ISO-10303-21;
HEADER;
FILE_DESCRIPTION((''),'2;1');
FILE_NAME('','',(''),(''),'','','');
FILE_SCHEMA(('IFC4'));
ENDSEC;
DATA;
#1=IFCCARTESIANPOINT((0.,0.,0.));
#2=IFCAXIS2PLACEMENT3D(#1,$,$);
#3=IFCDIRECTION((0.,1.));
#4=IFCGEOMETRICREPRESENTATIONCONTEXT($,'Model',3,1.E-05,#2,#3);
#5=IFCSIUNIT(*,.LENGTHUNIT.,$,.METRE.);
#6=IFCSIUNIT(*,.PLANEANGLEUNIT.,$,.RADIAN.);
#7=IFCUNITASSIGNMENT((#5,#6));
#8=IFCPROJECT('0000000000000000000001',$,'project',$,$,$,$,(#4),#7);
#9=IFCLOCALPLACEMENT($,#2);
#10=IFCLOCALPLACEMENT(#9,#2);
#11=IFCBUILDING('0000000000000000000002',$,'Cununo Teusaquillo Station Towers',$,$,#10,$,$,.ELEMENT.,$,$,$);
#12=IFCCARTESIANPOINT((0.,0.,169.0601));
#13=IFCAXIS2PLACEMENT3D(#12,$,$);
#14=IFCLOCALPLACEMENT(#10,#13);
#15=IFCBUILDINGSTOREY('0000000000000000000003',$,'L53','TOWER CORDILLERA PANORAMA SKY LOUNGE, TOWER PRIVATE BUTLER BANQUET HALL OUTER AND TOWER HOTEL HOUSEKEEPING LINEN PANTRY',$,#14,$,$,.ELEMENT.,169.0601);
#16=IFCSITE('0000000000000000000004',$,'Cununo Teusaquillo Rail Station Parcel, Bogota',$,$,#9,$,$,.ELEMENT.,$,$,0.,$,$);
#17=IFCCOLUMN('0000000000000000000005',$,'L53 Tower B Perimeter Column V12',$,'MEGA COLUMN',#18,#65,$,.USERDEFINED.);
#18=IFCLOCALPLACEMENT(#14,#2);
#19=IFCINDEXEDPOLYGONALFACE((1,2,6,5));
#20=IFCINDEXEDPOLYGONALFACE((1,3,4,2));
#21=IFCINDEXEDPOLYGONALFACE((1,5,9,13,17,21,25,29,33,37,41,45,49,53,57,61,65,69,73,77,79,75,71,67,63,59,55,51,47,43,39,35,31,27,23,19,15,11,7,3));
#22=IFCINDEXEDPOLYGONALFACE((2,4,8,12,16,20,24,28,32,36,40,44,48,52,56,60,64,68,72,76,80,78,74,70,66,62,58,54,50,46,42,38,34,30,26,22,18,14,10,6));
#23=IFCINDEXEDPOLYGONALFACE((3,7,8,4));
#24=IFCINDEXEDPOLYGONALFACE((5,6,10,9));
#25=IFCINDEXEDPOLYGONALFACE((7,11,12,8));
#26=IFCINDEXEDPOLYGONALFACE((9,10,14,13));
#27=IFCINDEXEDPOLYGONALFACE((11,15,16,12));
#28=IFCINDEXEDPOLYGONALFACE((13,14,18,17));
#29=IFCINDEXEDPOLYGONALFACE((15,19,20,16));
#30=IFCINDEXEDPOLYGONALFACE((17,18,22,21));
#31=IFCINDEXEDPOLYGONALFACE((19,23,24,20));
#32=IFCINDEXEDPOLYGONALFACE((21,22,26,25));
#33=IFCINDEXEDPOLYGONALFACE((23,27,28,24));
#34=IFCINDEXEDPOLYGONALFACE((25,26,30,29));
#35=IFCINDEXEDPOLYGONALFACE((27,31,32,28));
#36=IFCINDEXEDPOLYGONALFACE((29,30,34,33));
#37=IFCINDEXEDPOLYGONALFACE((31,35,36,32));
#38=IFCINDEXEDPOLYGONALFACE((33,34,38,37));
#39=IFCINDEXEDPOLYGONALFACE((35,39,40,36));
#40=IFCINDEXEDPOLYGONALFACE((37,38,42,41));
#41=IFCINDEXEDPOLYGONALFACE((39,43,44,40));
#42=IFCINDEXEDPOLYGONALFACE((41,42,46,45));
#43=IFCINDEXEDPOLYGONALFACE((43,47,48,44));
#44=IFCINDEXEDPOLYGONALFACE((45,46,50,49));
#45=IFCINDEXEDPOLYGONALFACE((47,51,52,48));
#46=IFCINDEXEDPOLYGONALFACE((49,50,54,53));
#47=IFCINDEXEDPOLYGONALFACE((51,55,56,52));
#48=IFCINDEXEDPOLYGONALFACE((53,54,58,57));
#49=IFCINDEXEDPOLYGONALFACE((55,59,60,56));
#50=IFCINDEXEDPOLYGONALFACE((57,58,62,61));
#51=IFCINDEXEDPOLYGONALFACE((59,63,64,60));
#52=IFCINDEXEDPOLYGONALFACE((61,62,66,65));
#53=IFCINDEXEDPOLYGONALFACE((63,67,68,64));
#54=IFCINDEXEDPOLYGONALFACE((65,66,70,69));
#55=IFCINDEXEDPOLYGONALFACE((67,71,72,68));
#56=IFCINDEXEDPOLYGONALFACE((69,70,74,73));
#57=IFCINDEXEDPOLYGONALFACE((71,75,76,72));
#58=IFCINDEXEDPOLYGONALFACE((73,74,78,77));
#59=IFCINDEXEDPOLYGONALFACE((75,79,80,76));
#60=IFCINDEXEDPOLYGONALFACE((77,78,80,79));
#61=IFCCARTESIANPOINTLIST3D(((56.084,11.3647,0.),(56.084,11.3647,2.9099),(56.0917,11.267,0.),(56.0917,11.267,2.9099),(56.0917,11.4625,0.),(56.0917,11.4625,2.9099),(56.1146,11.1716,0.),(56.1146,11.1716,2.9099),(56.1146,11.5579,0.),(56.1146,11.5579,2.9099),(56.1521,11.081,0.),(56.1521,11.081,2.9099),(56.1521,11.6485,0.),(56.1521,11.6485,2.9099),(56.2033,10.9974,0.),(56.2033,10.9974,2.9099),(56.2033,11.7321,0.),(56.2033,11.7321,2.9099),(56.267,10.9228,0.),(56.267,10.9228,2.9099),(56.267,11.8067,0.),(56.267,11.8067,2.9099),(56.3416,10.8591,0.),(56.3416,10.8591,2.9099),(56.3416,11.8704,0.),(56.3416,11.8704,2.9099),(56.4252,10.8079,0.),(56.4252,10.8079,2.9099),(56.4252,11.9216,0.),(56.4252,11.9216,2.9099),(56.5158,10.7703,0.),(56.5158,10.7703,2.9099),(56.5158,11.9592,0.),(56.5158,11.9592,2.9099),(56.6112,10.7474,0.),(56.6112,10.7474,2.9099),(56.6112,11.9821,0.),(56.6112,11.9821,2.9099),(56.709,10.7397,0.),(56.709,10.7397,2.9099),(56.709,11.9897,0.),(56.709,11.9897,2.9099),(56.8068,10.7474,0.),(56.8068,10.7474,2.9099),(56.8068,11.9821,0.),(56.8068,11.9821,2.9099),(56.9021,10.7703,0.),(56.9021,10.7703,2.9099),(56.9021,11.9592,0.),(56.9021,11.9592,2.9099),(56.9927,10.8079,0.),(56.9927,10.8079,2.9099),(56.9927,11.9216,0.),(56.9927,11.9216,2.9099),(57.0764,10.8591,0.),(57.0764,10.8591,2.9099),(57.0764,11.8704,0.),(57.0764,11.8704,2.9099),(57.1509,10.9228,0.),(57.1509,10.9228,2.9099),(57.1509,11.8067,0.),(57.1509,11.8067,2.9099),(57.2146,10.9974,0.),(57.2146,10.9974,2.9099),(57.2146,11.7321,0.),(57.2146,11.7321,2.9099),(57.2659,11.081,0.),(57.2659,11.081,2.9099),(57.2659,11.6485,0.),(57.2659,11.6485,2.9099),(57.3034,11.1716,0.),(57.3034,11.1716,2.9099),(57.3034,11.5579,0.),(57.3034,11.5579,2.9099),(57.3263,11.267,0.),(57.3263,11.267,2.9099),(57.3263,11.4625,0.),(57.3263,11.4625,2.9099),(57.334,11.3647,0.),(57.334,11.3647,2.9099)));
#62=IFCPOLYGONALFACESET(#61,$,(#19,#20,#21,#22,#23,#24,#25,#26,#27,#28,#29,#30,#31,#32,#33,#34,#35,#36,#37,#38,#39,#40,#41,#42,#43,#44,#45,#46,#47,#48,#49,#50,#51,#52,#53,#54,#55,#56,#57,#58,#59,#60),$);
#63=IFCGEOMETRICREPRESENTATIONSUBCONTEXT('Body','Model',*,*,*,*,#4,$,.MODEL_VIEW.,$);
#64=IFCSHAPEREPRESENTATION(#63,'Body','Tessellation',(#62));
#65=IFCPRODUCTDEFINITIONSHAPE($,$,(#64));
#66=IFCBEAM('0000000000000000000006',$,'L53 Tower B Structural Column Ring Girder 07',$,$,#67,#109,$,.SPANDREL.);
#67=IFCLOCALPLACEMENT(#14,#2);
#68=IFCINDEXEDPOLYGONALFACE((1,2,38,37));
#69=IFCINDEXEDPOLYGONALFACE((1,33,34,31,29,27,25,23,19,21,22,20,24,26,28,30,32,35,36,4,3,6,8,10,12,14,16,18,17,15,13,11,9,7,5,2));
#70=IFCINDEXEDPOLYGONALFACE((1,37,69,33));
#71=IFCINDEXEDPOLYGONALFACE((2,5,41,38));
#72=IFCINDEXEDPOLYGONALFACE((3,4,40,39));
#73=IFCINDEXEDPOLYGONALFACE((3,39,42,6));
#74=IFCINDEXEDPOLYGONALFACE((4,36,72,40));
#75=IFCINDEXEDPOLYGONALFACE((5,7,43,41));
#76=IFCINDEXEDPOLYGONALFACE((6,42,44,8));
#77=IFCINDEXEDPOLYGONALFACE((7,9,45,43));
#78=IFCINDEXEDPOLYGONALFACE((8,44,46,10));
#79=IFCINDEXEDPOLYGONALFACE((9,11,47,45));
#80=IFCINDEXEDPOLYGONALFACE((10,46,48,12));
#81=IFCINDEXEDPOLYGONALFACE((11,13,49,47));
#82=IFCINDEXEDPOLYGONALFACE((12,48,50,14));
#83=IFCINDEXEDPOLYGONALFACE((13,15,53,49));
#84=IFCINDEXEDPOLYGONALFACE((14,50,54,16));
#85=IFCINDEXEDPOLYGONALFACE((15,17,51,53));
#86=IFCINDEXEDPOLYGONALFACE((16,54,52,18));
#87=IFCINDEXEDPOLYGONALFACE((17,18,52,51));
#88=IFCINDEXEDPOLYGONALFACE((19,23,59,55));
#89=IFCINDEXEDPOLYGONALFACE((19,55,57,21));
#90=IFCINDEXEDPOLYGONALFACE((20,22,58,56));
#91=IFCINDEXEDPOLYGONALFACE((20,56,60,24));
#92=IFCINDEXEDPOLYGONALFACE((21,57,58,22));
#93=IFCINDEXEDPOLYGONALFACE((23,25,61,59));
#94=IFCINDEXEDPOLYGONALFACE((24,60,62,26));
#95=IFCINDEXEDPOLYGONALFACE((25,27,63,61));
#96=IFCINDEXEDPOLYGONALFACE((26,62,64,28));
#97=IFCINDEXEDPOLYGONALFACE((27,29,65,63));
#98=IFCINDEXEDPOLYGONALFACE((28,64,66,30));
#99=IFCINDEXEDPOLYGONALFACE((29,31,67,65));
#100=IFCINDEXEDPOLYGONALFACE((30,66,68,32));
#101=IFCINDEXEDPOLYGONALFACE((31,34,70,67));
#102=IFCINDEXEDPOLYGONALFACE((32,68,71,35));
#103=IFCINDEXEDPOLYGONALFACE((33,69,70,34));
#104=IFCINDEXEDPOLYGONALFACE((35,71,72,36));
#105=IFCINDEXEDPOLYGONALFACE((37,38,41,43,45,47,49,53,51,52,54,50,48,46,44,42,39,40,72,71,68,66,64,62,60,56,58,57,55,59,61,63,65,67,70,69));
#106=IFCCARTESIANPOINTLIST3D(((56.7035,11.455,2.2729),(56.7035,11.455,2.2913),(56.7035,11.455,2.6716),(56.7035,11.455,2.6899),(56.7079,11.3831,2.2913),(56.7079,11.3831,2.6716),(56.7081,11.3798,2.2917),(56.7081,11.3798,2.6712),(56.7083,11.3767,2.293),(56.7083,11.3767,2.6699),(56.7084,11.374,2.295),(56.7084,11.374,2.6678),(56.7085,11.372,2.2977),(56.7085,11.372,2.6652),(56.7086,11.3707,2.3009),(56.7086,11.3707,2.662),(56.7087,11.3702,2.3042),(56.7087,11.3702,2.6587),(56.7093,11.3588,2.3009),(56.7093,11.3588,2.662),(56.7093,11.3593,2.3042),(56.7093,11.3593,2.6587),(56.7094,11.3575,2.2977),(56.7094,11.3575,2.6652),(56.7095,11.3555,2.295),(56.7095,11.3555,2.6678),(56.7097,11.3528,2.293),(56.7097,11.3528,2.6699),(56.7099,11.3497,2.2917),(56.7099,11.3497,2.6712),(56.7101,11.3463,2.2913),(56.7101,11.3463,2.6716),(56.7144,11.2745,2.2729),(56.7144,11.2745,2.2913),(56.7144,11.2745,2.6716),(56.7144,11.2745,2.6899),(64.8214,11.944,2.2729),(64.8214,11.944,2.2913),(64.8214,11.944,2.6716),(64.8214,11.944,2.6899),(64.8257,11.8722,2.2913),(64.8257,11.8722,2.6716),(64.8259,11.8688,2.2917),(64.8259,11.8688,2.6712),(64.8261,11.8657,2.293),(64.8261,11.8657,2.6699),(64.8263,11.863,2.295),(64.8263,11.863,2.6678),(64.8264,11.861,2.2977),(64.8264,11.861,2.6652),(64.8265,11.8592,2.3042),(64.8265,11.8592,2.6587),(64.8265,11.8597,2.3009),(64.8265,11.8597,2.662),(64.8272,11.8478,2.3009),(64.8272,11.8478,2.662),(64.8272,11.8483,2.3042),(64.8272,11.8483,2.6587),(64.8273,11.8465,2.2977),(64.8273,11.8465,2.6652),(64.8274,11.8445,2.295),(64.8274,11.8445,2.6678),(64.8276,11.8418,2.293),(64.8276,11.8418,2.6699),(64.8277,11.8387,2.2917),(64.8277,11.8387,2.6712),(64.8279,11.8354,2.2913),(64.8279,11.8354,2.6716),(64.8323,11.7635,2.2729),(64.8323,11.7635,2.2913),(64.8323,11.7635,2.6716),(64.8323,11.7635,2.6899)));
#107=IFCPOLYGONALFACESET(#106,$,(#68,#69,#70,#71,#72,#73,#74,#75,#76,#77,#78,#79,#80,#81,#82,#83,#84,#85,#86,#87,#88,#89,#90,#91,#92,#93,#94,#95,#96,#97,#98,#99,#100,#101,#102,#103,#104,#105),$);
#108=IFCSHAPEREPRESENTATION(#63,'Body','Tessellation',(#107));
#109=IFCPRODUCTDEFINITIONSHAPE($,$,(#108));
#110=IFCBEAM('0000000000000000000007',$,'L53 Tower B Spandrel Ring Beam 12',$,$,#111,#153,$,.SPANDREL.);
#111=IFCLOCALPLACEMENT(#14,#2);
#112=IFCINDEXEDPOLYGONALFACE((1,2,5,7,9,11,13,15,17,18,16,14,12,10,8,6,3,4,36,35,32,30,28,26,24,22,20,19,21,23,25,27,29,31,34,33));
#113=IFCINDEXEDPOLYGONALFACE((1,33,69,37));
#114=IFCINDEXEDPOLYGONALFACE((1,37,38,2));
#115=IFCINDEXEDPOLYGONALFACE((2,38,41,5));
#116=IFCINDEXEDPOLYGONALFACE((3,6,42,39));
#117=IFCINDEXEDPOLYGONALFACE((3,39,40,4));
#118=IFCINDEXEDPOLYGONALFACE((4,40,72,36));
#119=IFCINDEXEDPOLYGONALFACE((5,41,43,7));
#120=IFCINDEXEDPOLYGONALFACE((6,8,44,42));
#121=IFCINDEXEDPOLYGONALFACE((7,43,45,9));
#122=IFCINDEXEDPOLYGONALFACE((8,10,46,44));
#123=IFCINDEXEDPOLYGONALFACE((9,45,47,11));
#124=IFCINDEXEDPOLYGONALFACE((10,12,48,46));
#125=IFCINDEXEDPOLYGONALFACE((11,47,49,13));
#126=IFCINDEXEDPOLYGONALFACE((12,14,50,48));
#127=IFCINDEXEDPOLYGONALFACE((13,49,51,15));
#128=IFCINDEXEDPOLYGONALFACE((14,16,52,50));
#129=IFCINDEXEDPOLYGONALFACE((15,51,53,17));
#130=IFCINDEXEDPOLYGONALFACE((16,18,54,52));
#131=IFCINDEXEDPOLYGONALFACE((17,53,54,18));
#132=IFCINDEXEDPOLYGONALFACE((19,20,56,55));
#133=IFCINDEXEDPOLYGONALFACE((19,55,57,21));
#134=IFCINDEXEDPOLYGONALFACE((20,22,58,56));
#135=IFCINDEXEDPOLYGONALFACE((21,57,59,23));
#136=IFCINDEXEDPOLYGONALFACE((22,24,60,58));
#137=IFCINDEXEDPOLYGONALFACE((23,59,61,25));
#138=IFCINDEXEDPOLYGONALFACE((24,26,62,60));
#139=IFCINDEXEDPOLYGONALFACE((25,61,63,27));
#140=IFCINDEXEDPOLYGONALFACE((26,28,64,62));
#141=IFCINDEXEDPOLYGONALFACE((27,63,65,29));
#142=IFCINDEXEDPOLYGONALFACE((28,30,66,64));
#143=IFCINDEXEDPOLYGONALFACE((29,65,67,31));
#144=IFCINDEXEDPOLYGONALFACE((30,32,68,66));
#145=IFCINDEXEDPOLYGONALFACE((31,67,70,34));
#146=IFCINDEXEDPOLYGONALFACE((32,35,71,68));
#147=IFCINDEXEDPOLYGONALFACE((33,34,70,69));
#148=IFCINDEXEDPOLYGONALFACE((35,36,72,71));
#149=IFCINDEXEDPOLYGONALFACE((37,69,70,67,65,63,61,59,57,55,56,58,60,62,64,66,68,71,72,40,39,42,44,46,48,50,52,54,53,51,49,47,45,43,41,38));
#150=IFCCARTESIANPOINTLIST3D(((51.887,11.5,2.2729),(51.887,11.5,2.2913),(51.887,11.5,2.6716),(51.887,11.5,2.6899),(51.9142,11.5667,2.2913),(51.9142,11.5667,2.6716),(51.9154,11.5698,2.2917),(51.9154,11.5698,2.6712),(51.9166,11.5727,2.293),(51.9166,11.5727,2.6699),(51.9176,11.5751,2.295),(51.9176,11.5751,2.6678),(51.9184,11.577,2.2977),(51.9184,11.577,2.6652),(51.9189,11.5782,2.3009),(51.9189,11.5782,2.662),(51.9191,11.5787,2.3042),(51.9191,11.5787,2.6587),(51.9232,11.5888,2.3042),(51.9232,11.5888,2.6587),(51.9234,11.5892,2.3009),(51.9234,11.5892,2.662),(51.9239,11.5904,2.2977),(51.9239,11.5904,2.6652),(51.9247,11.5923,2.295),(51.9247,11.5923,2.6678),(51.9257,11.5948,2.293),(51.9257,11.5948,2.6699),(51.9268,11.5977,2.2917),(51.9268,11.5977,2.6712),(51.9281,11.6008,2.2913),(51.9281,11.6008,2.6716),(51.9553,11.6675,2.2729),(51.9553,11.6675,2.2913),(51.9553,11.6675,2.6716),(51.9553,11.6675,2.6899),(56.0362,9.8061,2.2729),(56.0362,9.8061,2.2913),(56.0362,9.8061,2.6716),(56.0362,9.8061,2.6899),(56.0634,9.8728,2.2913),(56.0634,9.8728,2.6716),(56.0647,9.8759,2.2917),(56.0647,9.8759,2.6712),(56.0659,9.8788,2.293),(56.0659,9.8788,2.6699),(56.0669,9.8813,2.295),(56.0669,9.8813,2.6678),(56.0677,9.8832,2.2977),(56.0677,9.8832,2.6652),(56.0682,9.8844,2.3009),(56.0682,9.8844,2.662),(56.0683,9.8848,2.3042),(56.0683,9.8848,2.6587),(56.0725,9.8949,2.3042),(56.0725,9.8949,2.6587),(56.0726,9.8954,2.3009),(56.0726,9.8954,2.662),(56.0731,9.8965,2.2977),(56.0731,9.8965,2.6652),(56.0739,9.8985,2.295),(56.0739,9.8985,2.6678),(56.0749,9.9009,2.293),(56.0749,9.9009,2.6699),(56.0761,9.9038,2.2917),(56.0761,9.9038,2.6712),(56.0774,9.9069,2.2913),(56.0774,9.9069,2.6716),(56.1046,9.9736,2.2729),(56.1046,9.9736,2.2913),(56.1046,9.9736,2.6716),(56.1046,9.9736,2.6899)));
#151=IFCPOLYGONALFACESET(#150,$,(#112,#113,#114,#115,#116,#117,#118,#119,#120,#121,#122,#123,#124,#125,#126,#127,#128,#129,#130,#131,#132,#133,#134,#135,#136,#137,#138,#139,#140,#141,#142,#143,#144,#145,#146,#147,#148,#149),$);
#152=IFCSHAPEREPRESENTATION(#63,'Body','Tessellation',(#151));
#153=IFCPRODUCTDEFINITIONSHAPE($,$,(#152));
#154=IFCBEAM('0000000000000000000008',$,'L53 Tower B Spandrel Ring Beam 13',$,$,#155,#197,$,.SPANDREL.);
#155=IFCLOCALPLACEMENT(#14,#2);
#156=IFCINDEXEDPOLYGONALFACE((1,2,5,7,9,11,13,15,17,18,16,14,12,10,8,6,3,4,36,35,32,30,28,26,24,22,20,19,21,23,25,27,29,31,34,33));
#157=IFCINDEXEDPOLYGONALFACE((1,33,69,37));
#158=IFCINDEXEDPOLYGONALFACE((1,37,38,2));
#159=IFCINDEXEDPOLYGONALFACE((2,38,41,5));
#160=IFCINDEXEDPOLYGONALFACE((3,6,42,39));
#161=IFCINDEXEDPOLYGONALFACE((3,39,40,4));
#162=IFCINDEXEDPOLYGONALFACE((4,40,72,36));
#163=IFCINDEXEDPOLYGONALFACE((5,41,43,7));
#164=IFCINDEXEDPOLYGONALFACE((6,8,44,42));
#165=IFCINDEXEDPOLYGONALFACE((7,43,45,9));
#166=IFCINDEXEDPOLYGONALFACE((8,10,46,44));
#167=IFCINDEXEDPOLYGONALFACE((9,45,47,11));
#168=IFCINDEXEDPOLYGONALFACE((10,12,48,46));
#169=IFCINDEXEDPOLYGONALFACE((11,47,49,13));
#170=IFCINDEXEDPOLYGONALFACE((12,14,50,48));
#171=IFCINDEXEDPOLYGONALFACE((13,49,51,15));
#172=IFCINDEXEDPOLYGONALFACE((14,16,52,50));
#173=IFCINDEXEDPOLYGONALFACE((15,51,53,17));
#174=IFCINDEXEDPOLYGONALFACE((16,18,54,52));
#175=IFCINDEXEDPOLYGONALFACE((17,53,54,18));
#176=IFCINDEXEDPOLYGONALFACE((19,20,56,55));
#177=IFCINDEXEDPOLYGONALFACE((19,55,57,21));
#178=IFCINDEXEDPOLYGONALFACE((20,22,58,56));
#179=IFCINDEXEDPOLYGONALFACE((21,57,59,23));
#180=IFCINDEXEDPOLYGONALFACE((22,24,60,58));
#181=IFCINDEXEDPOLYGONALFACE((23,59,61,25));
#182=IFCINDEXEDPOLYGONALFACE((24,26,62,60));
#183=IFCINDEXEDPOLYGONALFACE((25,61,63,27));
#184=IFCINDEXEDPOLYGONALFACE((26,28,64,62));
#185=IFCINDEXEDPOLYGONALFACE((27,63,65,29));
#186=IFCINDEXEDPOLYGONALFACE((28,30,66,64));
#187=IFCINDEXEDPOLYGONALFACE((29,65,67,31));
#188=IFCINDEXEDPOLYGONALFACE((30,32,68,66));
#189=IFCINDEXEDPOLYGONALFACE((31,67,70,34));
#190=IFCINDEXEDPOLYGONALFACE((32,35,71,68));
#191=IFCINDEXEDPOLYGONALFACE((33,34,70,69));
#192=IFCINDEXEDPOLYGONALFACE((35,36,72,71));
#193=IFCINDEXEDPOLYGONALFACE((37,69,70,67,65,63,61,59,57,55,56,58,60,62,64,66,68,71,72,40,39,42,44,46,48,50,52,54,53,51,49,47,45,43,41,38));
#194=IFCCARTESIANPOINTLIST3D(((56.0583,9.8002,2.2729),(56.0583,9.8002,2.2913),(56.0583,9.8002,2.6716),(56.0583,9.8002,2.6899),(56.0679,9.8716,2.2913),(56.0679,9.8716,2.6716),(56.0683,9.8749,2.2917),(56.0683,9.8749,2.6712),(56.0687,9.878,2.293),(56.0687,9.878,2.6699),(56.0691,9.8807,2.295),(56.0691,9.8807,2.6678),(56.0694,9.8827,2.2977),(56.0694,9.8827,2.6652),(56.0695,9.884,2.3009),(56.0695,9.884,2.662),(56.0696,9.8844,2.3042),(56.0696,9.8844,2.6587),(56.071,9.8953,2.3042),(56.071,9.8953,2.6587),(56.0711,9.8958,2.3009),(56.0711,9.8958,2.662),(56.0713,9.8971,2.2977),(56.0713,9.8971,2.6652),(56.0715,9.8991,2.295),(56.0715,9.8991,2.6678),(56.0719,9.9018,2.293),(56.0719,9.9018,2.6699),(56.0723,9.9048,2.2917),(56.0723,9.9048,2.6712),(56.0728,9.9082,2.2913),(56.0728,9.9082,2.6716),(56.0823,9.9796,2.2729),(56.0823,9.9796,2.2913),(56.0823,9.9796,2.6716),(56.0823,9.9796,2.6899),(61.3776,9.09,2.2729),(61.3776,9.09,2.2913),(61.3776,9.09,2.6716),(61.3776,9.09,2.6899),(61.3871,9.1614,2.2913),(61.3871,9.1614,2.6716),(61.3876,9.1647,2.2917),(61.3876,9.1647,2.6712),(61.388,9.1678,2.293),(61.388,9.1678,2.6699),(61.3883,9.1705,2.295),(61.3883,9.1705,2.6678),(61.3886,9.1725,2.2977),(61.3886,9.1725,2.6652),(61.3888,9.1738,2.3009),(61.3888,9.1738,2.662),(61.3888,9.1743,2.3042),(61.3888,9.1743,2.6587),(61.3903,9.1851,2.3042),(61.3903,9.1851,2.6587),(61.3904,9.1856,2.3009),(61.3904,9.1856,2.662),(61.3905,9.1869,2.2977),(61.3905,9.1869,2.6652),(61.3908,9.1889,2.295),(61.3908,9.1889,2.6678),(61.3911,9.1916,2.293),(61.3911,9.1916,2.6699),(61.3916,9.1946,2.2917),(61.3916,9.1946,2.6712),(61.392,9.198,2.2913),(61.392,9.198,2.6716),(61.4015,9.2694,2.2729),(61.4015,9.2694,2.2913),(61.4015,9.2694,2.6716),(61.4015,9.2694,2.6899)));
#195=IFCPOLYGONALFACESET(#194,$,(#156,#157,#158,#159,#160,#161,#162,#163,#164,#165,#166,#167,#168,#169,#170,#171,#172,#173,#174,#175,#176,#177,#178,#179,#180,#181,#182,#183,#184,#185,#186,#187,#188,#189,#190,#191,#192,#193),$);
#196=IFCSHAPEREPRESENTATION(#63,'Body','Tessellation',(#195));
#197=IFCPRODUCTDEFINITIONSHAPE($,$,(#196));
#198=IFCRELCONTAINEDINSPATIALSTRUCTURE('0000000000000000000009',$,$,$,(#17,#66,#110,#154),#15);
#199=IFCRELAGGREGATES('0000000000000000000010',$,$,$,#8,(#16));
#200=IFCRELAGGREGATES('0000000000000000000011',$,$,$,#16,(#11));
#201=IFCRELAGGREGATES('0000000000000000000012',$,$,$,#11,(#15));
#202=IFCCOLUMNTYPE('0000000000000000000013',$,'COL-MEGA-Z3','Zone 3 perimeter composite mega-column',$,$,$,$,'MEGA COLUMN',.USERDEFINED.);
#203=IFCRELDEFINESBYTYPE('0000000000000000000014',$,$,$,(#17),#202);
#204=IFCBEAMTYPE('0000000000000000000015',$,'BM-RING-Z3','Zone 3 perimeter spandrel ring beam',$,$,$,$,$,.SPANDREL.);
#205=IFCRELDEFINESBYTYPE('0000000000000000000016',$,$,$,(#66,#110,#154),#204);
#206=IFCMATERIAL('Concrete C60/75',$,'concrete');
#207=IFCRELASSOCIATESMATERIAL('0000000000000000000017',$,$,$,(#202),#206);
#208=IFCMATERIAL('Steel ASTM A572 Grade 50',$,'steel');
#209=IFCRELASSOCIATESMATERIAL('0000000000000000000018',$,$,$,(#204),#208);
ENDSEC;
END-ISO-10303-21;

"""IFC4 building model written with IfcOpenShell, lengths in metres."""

from ifc_helpers import new_model, si_unit, direction, frame, origin, origin_2d, place, context, subcontext, project, spatial, circle, i_section, extrude, material, material_profile, profile_set, type_object, element, save


model = new_model("IFC4")

# Units and contexts
model_context = context("Model", 3, precision=1e-05, world=origin(), true_north=direction((0.0, 1.0)))
body_context = subcontext(model_context, "Body", "Model", "MODEL_VIEW")
ifc_project = project(units=[si_unit("LENGTHUNIT", "METRE"), si_unit("PLANEANGLEUNIT", "RADIAN")], contexts=[model_context])

# Site, building, storey
site_placement = place(None, origin())
site = spatial("IfcSite", under=ifc_project, at=site_placement, Name="Cununo Teusaquillo Rail Station Parcel, Bogota", CompositionType="ELEMENT", RefElevation=0.0)
building_placement = place(site_placement, origin())
building = spatial("IfcBuilding", under=site, at=building_placement, Name="Cununo Teusaquillo Station Towers", CompositionType="ELEMENT")
storey_placement = place(building_placement, frame((0.0, 0.0, 169.0601)))
storey = spatial("IfcBuildingStorey", under=building, at=storey_placement, Name="L53", Description="TOWER CORDILLERA PANORAMA SKY LOUNGE, TOWER PRIVATE BUTLER BANQUET HALL OUTER AND TOWER HOTEL HOUSEKEEPING LINEN PANTRY", CompositionType="ELEMENT", Elevation=169.0601)

# Column
ifc_material_1 = material(Name="Concrete C60/75", Category="concrete")
ifc_material_profile_1 = material_profile(ifc_material_1, circle(Radius=0.625, at=origin_2d()), Name="RC-CIRC-1250")
ifc_profile_set_1 = profile_set([ifc_material_profile_1], Name="Concrete C60/75")
column_type = type_object("IfcColumnType", Name="COL-MEGA-Z3", Description="Zone 3 perimeter composite mega-column", ElementType="MEGA COLUMN", PredefinedType="USERDEFINED", material=ifc_profile_set_1)
column_placement = place(storey_placement, frame((56.709, 11.3647, 0.0), z_axis=(0.0, 0.0, 1.0), x_axis=(1.0, 0.0, 0.0)))
element("IfcColumn", 1, at=column_placement, inside=storey, type_object=column_type, Name="L53 Tower B Perimeter Column V12", ObjectType="MEGA COLUMN", PredefinedType="USERDEFINED", context=body_context, shape_type="SweptSolid", body=[
    extrude(circle(Radius=0.625, at=origin_2d()), origin(), (0.0, 0.0, 1.0), 2.9099),
])

# Beams
ifc_material_2 = material(Name="Steel ASTM A572 Grade 50", Category="steel")
ifc_material_profile_2 = material_profile(ifc_material_2, i_section(OverallWidth=0.1809, OverallDepth=0.417, WebThickness=0.011, FlangeThickness=0.0183, FilletRadius=0.0129, at=origin_2d()), Name="W16X57")
ifc_profile_set_2 = profile_set([ifc_material_profile_2], Name="Steel ASTM A572 Grade 50")
beam_type = type_object("IfcBeamType", Name="BM-RING-Z3", Description="Zone 3 perimeter spandrel ring beam", PredefinedType="SPANDREL", material=ifc_profile_set_2)
beam_1_placement = place(storey_placement, frame((56.709, 11.3647, 2.4814), z_axis=(0.998191, 0.06013, 0.0), x_axis=(-0.06013, 0.998191, 0.0)))
element("IfcBeam", 2, at=beam_1_placement, inside=storey, type_object=beam_type, Name="L53 Tower B Structural Column Ring Girder 07", PredefinedType="SPANDREL", context=body_context, shape_type="SweptSolid", body=[
    extrude(i_section(OverallWidth=0.1809, OverallDepth=0.417, WebThickness=0.011, FlangeThickness=0.0183, FilletRadius=0.0129, at=origin_2d()), origin(), (0.0, 0.0, 1.0), 8.1326),
])
beam_2_placement = place(storey_placement, frame((51.9211, 11.5837, 2.4814), z_axis=(0.925824, -0.377956, 0.0), x_axis=(0.377956, 0.925824, 0.0)))
element("IfcBeam", 3, at=beam_2_placement, inside=storey, type_object=beam_type, Name="L53 Tower B Spandrel Ring Beam 12", PredefinedType="SPANDREL", context=body_context, shape_type="SweptSolid", body=[
    extrude(i_section(OverallWidth=0.1809, OverallDepth=0.417, WebThickness=0.011, FlangeThickness=0.0183, FilletRadius=0.0129, at=origin_2d()), origin(), (0.0, 0.0, 1.0), 4.4817),
])
beam_3_placement = place(storey_placement, frame((56.0703, 9.8899, 2.4814), z_axis=(0.991204, -0.13234, 0.0), x_axis=(0.13234, 0.991204, 0.0)))
element("IfcBeam", 4, at=beam_3_placement, inside=storey, type_object=beam_type, Name="L53 Tower B Spandrel Ring Beam 13", PredefinedType="SPANDREL", context=body_context, shape_type="SweptSolid", body=[
    extrude(i_section(OverallWidth=0.1809, OverallDepth=0.417, WebThickness=0.011, FlangeThickness=0.0183, FilletRadius=0.0129, at=origin_2d()), origin(), (0.0, 0.0, 1.0), 5.3665),
])

save(model, "model.ifc")
